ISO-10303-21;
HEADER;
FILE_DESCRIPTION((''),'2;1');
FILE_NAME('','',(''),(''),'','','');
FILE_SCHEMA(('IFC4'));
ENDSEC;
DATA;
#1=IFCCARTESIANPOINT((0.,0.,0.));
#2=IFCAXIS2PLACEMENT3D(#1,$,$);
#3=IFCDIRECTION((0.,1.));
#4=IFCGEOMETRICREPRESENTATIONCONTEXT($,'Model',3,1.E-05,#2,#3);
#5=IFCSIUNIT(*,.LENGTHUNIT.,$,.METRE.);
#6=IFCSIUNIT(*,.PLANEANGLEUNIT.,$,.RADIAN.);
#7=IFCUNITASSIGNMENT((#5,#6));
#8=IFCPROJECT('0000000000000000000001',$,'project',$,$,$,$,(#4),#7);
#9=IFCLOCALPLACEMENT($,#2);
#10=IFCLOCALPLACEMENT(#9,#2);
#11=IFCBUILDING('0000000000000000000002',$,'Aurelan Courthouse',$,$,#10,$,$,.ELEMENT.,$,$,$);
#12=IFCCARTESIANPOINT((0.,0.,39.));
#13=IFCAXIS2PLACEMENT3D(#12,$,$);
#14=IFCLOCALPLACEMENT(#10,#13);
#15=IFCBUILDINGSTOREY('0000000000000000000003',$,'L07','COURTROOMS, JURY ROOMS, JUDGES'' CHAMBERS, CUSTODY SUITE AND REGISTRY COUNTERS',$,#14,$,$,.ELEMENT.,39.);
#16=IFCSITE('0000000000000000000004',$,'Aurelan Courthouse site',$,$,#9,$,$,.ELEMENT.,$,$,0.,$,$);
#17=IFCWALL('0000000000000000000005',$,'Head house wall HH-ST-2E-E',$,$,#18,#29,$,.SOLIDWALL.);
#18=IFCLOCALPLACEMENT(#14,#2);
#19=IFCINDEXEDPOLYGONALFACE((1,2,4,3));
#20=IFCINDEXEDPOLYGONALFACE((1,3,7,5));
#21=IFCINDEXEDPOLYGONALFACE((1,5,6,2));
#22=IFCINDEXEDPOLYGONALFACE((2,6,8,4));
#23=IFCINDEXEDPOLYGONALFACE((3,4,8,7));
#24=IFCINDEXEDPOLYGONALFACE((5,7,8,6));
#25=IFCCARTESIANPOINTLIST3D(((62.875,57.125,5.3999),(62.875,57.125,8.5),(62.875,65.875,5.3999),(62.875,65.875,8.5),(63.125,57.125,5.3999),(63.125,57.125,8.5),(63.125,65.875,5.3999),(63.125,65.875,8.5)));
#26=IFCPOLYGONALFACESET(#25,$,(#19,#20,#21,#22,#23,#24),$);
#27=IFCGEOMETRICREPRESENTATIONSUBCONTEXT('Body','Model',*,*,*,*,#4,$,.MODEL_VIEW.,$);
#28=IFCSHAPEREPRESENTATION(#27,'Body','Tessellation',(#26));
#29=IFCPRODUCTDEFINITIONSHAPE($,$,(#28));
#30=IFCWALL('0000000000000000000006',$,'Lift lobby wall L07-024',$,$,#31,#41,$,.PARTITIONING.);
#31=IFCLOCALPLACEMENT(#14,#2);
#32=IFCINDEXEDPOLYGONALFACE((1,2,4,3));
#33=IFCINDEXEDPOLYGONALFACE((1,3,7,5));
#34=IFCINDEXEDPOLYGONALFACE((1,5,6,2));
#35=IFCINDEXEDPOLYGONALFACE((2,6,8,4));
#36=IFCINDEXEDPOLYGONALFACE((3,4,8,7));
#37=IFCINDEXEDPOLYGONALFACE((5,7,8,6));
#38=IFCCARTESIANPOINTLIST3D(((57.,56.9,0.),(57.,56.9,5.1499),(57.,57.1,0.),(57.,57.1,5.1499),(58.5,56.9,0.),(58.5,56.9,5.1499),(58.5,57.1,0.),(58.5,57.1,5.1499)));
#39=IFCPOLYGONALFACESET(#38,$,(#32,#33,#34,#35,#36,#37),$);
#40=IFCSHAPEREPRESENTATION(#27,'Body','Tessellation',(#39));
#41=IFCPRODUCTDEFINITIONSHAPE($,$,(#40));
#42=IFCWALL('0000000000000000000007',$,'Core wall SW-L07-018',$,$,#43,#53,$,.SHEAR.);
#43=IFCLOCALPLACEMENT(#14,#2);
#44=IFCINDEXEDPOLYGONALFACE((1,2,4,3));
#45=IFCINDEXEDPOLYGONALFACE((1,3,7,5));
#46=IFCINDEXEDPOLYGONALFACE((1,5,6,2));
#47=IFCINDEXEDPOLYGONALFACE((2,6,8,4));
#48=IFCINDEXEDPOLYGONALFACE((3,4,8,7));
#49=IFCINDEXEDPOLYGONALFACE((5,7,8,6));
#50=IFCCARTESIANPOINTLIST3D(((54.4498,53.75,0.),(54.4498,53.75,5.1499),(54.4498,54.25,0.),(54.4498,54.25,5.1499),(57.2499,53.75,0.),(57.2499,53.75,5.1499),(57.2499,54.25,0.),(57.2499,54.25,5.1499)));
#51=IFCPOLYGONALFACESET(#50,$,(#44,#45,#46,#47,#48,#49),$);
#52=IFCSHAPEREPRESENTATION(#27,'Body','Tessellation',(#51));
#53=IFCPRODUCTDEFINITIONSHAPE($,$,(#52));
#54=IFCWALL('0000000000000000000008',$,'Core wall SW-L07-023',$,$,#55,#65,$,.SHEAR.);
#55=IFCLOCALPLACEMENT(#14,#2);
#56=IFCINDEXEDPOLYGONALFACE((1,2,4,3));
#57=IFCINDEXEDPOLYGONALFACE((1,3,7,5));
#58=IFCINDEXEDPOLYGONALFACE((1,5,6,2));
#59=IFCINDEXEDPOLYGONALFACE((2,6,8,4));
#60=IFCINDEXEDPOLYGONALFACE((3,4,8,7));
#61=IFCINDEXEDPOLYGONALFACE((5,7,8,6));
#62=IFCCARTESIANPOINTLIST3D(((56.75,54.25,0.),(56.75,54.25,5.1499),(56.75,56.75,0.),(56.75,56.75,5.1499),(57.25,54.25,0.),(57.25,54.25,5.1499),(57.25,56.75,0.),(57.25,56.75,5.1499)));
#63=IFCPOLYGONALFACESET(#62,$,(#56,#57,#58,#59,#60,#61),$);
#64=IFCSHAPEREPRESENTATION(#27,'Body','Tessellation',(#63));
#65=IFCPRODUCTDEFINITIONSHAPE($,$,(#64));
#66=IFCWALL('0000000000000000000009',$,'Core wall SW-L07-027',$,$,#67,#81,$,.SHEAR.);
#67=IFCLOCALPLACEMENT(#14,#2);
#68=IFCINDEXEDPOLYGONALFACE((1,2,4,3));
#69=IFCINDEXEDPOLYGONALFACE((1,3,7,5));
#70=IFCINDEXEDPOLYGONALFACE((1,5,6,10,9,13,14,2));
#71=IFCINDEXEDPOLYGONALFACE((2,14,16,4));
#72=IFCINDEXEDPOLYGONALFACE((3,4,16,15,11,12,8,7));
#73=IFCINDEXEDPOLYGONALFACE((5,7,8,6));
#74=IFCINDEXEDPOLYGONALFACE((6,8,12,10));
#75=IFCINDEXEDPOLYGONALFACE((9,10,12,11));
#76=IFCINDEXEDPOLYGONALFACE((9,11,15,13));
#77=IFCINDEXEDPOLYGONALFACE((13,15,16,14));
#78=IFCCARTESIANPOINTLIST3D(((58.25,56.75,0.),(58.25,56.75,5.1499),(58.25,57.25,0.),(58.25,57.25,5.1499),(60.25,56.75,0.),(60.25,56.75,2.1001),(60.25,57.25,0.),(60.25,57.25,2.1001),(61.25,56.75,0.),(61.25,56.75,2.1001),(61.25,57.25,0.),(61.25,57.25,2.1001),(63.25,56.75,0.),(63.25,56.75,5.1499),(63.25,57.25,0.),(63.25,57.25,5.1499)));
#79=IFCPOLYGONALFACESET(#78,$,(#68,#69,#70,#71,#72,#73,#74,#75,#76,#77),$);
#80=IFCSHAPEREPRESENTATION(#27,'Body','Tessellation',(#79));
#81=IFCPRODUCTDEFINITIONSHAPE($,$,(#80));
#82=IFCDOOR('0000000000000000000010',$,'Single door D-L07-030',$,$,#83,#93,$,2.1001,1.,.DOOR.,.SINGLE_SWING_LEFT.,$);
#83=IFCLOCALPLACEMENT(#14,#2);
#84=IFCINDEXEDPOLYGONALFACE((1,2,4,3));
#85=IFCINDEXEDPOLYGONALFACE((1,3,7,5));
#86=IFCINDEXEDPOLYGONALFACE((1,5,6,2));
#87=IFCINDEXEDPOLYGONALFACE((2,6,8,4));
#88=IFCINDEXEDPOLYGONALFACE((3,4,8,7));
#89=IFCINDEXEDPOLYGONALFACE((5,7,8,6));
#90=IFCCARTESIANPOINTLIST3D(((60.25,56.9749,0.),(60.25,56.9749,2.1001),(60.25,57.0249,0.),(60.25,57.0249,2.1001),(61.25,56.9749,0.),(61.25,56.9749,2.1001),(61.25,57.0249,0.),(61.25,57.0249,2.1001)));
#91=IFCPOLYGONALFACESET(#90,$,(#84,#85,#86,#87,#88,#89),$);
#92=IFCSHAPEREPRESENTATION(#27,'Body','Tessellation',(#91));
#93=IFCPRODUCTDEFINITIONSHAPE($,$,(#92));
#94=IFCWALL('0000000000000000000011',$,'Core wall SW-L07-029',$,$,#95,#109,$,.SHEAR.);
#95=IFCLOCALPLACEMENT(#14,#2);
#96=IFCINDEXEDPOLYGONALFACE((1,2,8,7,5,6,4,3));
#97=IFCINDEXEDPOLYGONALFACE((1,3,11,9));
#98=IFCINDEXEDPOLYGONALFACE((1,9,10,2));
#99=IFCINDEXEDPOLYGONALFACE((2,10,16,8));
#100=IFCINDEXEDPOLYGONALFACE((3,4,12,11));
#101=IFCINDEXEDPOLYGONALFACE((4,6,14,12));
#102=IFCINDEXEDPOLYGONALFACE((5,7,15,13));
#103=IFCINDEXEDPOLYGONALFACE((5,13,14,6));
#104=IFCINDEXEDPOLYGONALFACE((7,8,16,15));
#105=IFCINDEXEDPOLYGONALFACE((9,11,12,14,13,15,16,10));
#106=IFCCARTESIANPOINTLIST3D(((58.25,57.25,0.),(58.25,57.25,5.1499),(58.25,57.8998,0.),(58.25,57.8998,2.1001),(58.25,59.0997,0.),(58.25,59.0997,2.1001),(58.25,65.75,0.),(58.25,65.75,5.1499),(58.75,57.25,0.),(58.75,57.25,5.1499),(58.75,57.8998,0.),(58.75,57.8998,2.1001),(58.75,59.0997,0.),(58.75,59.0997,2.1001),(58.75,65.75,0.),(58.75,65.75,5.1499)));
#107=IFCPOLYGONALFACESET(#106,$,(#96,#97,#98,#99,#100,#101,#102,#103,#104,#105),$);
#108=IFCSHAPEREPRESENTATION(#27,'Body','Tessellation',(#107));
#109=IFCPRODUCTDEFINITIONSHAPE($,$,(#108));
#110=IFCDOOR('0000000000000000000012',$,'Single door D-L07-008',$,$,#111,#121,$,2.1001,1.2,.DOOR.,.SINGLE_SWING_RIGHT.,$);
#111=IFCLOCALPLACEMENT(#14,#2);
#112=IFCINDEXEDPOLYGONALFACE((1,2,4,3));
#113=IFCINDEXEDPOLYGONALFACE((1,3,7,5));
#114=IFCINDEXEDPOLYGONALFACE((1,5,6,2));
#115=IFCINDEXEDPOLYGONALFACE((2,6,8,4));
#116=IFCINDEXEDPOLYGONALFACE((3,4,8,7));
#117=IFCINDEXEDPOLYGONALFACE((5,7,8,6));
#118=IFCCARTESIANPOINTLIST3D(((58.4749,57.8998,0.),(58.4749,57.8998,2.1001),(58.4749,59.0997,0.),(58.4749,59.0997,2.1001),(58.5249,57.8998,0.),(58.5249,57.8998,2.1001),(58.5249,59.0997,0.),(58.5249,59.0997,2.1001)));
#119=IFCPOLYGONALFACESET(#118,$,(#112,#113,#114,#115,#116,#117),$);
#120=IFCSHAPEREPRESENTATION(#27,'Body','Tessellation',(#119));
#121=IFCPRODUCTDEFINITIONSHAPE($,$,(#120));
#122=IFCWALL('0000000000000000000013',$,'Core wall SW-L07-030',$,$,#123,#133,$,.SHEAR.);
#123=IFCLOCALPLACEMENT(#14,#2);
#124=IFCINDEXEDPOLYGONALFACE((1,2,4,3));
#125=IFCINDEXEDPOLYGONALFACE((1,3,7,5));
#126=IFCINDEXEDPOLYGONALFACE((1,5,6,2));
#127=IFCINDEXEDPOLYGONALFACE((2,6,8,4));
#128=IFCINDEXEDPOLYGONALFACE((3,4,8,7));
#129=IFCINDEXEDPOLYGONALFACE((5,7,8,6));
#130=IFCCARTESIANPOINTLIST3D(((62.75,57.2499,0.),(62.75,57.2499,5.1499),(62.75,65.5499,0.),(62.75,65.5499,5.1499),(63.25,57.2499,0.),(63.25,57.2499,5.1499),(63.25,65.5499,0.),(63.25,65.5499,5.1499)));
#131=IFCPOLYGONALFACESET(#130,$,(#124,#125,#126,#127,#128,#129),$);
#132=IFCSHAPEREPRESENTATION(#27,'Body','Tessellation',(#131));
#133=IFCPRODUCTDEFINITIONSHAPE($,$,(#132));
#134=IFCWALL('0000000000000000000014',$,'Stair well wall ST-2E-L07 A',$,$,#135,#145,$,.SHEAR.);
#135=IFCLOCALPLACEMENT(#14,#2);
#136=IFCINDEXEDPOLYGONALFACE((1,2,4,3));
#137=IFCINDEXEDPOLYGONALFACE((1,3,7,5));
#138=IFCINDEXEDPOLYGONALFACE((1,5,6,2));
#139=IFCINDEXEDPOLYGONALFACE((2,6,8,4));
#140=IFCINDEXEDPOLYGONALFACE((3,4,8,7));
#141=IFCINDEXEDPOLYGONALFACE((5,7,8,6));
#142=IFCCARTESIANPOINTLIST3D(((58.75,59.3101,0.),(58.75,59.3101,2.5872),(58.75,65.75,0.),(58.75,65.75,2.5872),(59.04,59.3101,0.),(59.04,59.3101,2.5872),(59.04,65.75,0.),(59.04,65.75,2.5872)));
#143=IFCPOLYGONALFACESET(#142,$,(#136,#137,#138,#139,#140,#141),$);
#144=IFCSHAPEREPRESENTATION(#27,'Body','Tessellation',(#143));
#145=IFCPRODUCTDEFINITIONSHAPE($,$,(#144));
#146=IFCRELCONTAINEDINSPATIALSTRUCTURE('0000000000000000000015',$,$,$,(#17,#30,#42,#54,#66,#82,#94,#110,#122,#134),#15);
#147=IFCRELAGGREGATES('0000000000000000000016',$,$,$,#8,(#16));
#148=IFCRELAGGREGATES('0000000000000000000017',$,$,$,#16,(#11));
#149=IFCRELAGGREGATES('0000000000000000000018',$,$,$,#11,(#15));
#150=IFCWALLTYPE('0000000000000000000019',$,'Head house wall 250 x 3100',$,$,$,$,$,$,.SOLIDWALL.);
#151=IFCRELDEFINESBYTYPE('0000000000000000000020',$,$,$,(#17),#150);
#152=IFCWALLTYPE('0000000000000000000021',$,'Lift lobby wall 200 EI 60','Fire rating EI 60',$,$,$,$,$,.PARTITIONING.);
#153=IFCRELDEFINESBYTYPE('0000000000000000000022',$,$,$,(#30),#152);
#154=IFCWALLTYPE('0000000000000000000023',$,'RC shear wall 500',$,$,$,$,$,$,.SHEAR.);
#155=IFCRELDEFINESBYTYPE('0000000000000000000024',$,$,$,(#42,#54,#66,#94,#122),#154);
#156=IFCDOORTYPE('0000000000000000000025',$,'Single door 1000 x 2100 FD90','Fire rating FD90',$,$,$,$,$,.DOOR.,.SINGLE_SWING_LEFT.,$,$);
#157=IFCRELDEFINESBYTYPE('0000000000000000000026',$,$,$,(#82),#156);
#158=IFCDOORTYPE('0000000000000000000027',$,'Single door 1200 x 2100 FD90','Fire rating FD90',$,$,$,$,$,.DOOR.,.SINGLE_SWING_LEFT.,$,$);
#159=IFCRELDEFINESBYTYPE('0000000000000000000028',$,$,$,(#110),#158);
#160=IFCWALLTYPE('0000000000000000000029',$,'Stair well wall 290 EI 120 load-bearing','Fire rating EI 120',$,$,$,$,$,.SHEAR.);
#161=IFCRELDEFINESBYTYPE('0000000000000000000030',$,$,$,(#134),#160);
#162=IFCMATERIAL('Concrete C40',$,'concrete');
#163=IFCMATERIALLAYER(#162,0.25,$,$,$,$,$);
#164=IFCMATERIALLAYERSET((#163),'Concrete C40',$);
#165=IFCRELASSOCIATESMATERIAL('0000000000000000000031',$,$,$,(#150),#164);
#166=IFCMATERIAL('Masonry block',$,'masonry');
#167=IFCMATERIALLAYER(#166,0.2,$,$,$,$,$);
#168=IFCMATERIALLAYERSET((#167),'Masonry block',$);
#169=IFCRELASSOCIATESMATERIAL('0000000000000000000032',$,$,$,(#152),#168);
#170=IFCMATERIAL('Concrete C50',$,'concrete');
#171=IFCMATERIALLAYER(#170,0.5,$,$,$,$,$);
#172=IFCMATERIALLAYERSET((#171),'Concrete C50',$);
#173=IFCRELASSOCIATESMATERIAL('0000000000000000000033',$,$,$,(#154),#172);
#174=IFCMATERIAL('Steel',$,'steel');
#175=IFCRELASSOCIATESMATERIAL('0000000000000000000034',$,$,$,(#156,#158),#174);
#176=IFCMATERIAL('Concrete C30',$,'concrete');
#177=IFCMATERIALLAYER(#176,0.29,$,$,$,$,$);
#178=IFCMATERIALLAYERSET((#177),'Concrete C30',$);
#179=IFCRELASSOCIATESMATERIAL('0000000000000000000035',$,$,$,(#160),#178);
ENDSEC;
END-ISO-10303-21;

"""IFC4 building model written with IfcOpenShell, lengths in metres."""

from ifc_helpers import new_model, si_unit, direction, frame, frame_2d, origin, place, context, subcontext, project, spatial, rectangle, extrude, material, layer, layer_set, type_object, element, fill, save


model = new_model("IFC4")

# Units and contexts
model_context = context("Model", 3, precision=1e-05, world=origin(), true_north=direction((0.0, 1.0)))
body_context = subcontext(model_context, "Body", "Model", "MODEL_VIEW")
ifc_project = project(units=[si_unit("LENGTHUNIT", "METRE"), si_unit("PLANEANGLEUNIT", "RADIAN")], contexts=[model_context])

# Site, building, storey
site_placement = place(None, origin())
site = spatial("IfcSite", under=ifc_project, at=site_placement, Name="Aurelan Courthouse site", CompositionType="ELEMENT", RefElevation=0.0)
building_placement = place(site_placement, origin())
building = spatial("IfcBuilding", under=site, at=building_placement, Name="Aurelan Courthouse", CompositionType="ELEMENT")
storey_placement = place(building_placement, frame((0.0, 0.0, 39.0)))
storey = spatial("IfcBuildingStorey", under=building, at=storey_placement, Name="L07", Description="COURTROOMS, JURY ROOMS, JUDGES' CHAMBERS, CUSTODY SUITE AND REGISTRY COUNTERS", CompositionType="ELEMENT", Elevation=39.0)

# Shared definitions
ifc_material_1 = material(Name="Concrete C50", Category="concrete")

# Shared definitions
ifc_material_2 = material(Name="Concrete C30", Category="concrete")

# Shared definitions
ifc_material_3 = material(Name="Masonry block", Category="masonry")
ifc_material_4 = material(Name="Steel", Category="steel")
ifc_material_5 = material(Name="Concrete C40", Category="concrete")
ifc_layer_1 = layer(ifc_material_5, 0.25)
ifc_layer_set_1 = layer_set([ifc_layer_1], Name="Concrete C40")
wall_type_1 = type_object("IfcWallType", Name="Head house wall 250 x 3100", PredefinedType="SOLIDWALL", material=ifc_layer_set_1)

# Walls
for number, where, z_axis, x_axis, name in (
    (1, (63.0, 57.125, 5.3999), (0.0, 0.0, 1.0), (0.0, 1.0, 0.0), "Head house wall HH-ST-2E-E"),
):
    element("IfcWall", number, at=place(storey_placement, frame(where, z_axis=z_axis, x_axis=x_axis)), inside=storey, type_object=wall_type_1, Name=name, PredefinedType="SOLIDWALL", context=body_context, shape_type="SweptSolid", body=[
        extrude(rectangle(XDim=8.75, YDim=0.25, at=frame_2d((4.375, 0.0))), origin(), (0.0, 0.0, 1.0), 3.1001),
    ])
ifc_layer_2 = layer(ifc_material_3, 0.2)
ifc_layer_set_2 = layer_set([ifc_layer_2], Name="Masonry block")
wall_type_2 = type_object("IfcWallType", Name="Lift lobby wall 200 EI 60", Description="Fire rating EI 60", PredefinedType="PARTITIONING", material=ifc_layer_set_2)
wall_1_placement = place(storey_placement, frame((57.0, 57.0, 0.0), z_axis=(0.0, 0.0, 1.0), x_axis=(1.0, 0.0, 0.0)))
element("IfcWall", 2, at=wall_1_placement, inside=storey, type_object=wall_type_2, Name="Lift lobby wall L07-024", PredefinedType="PARTITIONING", context=body_context, shape_type="SweptSolid", body=[
    extrude(rectangle(XDim=1.5, YDim=0.2, at=frame_2d((0.75, 0.0))), origin(), (0.0, 0.0, 1.0), 5.1499),
])
ifc_layer_3 = layer(ifc_material_1, 0.5)
ifc_layer_set_3 = layer_set([ifc_layer_3], Name="Concrete C50")
wall_type_3 = type_object("IfcWallType", Name="RC shear wall 500", PredefinedType="SHEAR", material=ifc_layer_set_3)
wall_2_placement = place(storey_placement, frame((54.45, 54.0, 0.0), z_axis=(0.0, 0.0, 1.0), x_axis=(1.0, 0.0, 0.0)))
element("IfcWall", 3, at=wall_2_placement, inside=storey, type_object=wall_type_3, Name="Core wall SW-L07-018", PredefinedType="SHEAR", context=body_context, shape_type="SweptSolid", body=[
    extrude(rectangle(XDim=2.8, YDim=0.5, at=frame_2d((1.3999, 0.0))), origin(), (0.0, 0.0, 1.0), 5.1499),
])
wall_3_placement = place(storey_placement, frame((57.0, 54.25, 0.0), z_axis=(0.0, 0.0, 1.0), x_axis=(0.0, 1.0, 0.0)))
element("IfcWall", 4, at=wall_3_placement, inside=storey, type_object=wall_type_3, Name="Core wall SW-L07-023", PredefinedType="SHEAR", context=body_context, shape_type="SweptSolid", body=[
    extrude(rectangle(XDim=2.5, YDim=0.5, at=frame_2d((1.25, 0.0))), origin(), (0.0, 0.0, 1.0), 5.1499),
])

# Walls, openings, doors
wall_4_placement = place(storey_placement, frame((58.25, 57.0, 0.0), z_axis=(0.0, 0.0, 1.0), x_axis=(1.0, 0.0, 0.0)))
wall_4 = element("IfcWall", 5, at=wall_4_placement, inside=storey, type_object=wall_type_3, Name="Core wall SW-L07-027", PredefinedType="SHEAR", context=body_context, shape_type="SweptSolid", body=[
    extrude(rectangle(XDim=5.0, YDim=0.5, at=frame_2d((2.5, 0.0))), origin(), (0.0, 0.0, 1.0), 5.1499),
])
opening_1_placement = place(wall_4_placement, frame((2.0, 0.0, 0.0)))
opening_1 = element("IfcOpeningElement", 6, at=opening_1_placement, cuts=wall_4, PredefinedType="OPENING", context=body_context, shape_type="SweptSolid", body=[
    extrude(rectangle(XDim=1.0, YDim=2.1001, at=frame_2d((0.5, 1.05))), frame((0.0, 0.26, 0.0), z_axis=(0.0, -1.0, 0.0), x_axis=(1.0, 0.0, 0.0)), (0.0, 0.0, 1.0), 0.52),
])
door_type_1 = type_object("IfcDoorType", Name="Single door 1000 x 2100 FD90", Description="Fire rating FD90", OperationType="SINGLE_SWING_LEFT", PredefinedType="DOOR", material=ifc_material_4)
door_1_placement = place(opening_1_placement, origin())
door_1 = element("IfcDoor", 7, at=door_1_placement, inside=storey, type_object=door_type_1, Name="Single door D-L07-030", OperationType="SINGLE_SWING_LEFT", OverallHeight=2.1001, OverallWidth=1.0, PredefinedType="DOOR", context=body_context, shape_type="SweptSolid", body=[
    extrude(rectangle(XDim=1.0, YDim=2.1001, at=frame_2d((0.5, 1.05))), frame((0.0, 0.0249, 0.0), z_axis=(0.0, -1.0, 0.0), x_axis=(1.0, 0.0, 0.0)), (0.0, 0.0, 1.0), 0.05),
])
fill(opening_1, door_1)
wall_5_placement = place(storey_placement, frame((58.5, 57.25, 0.0), z_axis=(0.0, 0.0, 1.0), x_axis=(0.0, 1.0, 0.0)))
wall_5 = element("IfcWall", 8, at=wall_5_placement, inside=storey, type_object=wall_type_3, Name="Core wall SW-L07-029", PredefinedType="SHEAR", context=body_context, shape_type="SweptSolid", body=[
    extrude(rectangle(XDim=8.5, YDim=0.5, at=frame_2d((4.25, 0.0))), origin(), (0.0, 0.0, 1.0), 5.1499),
])
opening_2_placement = place(wall_5_placement, frame((1.8499, 0.0, 0.0), z_axis=(0.0, 0.0, 1.0), x_axis=(-1.0, 0.0, 0.0)))
opening_2 = element("IfcOpeningElement", 9, at=opening_2_placement, cuts=wall_5, PredefinedType="OPENING", context=body_context, shape_type="SweptSolid", body=[
    extrude(rectangle(XDim=1.2, YDim=2.1001, at=frame_2d((0.6001, 1.05))), frame((0.0, 0.26, 0.0), z_axis=(0.0, -1.0, 0.0), x_axis=(1.0, 0.0, 0.0)), (0.0, 0.0, 1.0), 0.52),
])
door_type_2 = type_object("IfcDoorType", Name="Single door 1200 x 2100 FD90", Description="Fire rating FD90", OperationType="SINGLE_SWING_LEFT", PredefinedType="DOOR", material=ifc_material_4)
door_2_placement = place(opening_2_placement, origin())
door_2 = element("IfcDoor", 10, at=door_2_placement, inside=storey, type_object=door_type_2, Name="Single door D-L07-008", OperationType="SINGLE_SWING_RIGHT", OverallHeight=2.1001, OverallWidth=1.2, PredefinedType="DOOR", context=body_context, shape_type="SweptSolid", body=[
    extrude(rectangle(XDim=1.2, YDim=2.1001, at=frame_2d((0.6001, 1.05))), frame((0.0, 0.0249, 0.0), z_axis=(0.0, -1.0, 0.0), x_axis=(1.0, 0.0, 0.0)), (0.0, 0.0, 1.0), 0.05),
])
fill(opening_2, door_2)

# Walls
wall_6_placement = place(storey_placement, frame((63.0, 57.25, 0.0), z_axis=(0.0, 0.0, 1.0), x_axis=(0.0, 1.0, 0.0)))
element("IfcWall", 11, at=wall_6_placement, inside=storey, type_object=wall_type_3, Name="Core wall SW-L07-030", PredefinedType="SHEAR", context=body_context, shape_type="SweptSolid", body=[
    extrude(rectangle(XDim=8.3, YDim=0.5, at=frame_2d((4.1499, 0.0))), origin(), (0.0, 0.0, 1.0), 5.1499),
])
ifc_layer_4 = layer(ifc_material_2, 0.29)
ifc_layer_set_4 = layer_set([ifc_layer_4], Name="Concrete C30")
wall_type_4 = type_object("IfcWallType", Name="Stair well wall 290 EI 120 load-bearing", Description="Fire rating EI 120", PredefinedType="SHEAR", material=ifc_layer_set_4)
wall_7_placement = place(storey_placement, frame((58.895, 59.3101, 0.0), z_axis=(0.0, 0.0, 1.0), x_axis=(0.0, 1.0, 0.0)))
element("IfcWall", 12, at=wall_7_placement, inside=storey, type_object=wall_type_4, Name="Stair well wall ST-2E-L07 A", PredefinedType="SHEAR", context=body_context, shape_type="SweptSolid", body=[
    extrude(rectangle(XDim=6.4399, YDim=0.29, at=frame_2d((3.22, 0.0))), origin(), (0.0, 0.0, 1.0), 2.5872),
])

save(model, "model.ifc")
